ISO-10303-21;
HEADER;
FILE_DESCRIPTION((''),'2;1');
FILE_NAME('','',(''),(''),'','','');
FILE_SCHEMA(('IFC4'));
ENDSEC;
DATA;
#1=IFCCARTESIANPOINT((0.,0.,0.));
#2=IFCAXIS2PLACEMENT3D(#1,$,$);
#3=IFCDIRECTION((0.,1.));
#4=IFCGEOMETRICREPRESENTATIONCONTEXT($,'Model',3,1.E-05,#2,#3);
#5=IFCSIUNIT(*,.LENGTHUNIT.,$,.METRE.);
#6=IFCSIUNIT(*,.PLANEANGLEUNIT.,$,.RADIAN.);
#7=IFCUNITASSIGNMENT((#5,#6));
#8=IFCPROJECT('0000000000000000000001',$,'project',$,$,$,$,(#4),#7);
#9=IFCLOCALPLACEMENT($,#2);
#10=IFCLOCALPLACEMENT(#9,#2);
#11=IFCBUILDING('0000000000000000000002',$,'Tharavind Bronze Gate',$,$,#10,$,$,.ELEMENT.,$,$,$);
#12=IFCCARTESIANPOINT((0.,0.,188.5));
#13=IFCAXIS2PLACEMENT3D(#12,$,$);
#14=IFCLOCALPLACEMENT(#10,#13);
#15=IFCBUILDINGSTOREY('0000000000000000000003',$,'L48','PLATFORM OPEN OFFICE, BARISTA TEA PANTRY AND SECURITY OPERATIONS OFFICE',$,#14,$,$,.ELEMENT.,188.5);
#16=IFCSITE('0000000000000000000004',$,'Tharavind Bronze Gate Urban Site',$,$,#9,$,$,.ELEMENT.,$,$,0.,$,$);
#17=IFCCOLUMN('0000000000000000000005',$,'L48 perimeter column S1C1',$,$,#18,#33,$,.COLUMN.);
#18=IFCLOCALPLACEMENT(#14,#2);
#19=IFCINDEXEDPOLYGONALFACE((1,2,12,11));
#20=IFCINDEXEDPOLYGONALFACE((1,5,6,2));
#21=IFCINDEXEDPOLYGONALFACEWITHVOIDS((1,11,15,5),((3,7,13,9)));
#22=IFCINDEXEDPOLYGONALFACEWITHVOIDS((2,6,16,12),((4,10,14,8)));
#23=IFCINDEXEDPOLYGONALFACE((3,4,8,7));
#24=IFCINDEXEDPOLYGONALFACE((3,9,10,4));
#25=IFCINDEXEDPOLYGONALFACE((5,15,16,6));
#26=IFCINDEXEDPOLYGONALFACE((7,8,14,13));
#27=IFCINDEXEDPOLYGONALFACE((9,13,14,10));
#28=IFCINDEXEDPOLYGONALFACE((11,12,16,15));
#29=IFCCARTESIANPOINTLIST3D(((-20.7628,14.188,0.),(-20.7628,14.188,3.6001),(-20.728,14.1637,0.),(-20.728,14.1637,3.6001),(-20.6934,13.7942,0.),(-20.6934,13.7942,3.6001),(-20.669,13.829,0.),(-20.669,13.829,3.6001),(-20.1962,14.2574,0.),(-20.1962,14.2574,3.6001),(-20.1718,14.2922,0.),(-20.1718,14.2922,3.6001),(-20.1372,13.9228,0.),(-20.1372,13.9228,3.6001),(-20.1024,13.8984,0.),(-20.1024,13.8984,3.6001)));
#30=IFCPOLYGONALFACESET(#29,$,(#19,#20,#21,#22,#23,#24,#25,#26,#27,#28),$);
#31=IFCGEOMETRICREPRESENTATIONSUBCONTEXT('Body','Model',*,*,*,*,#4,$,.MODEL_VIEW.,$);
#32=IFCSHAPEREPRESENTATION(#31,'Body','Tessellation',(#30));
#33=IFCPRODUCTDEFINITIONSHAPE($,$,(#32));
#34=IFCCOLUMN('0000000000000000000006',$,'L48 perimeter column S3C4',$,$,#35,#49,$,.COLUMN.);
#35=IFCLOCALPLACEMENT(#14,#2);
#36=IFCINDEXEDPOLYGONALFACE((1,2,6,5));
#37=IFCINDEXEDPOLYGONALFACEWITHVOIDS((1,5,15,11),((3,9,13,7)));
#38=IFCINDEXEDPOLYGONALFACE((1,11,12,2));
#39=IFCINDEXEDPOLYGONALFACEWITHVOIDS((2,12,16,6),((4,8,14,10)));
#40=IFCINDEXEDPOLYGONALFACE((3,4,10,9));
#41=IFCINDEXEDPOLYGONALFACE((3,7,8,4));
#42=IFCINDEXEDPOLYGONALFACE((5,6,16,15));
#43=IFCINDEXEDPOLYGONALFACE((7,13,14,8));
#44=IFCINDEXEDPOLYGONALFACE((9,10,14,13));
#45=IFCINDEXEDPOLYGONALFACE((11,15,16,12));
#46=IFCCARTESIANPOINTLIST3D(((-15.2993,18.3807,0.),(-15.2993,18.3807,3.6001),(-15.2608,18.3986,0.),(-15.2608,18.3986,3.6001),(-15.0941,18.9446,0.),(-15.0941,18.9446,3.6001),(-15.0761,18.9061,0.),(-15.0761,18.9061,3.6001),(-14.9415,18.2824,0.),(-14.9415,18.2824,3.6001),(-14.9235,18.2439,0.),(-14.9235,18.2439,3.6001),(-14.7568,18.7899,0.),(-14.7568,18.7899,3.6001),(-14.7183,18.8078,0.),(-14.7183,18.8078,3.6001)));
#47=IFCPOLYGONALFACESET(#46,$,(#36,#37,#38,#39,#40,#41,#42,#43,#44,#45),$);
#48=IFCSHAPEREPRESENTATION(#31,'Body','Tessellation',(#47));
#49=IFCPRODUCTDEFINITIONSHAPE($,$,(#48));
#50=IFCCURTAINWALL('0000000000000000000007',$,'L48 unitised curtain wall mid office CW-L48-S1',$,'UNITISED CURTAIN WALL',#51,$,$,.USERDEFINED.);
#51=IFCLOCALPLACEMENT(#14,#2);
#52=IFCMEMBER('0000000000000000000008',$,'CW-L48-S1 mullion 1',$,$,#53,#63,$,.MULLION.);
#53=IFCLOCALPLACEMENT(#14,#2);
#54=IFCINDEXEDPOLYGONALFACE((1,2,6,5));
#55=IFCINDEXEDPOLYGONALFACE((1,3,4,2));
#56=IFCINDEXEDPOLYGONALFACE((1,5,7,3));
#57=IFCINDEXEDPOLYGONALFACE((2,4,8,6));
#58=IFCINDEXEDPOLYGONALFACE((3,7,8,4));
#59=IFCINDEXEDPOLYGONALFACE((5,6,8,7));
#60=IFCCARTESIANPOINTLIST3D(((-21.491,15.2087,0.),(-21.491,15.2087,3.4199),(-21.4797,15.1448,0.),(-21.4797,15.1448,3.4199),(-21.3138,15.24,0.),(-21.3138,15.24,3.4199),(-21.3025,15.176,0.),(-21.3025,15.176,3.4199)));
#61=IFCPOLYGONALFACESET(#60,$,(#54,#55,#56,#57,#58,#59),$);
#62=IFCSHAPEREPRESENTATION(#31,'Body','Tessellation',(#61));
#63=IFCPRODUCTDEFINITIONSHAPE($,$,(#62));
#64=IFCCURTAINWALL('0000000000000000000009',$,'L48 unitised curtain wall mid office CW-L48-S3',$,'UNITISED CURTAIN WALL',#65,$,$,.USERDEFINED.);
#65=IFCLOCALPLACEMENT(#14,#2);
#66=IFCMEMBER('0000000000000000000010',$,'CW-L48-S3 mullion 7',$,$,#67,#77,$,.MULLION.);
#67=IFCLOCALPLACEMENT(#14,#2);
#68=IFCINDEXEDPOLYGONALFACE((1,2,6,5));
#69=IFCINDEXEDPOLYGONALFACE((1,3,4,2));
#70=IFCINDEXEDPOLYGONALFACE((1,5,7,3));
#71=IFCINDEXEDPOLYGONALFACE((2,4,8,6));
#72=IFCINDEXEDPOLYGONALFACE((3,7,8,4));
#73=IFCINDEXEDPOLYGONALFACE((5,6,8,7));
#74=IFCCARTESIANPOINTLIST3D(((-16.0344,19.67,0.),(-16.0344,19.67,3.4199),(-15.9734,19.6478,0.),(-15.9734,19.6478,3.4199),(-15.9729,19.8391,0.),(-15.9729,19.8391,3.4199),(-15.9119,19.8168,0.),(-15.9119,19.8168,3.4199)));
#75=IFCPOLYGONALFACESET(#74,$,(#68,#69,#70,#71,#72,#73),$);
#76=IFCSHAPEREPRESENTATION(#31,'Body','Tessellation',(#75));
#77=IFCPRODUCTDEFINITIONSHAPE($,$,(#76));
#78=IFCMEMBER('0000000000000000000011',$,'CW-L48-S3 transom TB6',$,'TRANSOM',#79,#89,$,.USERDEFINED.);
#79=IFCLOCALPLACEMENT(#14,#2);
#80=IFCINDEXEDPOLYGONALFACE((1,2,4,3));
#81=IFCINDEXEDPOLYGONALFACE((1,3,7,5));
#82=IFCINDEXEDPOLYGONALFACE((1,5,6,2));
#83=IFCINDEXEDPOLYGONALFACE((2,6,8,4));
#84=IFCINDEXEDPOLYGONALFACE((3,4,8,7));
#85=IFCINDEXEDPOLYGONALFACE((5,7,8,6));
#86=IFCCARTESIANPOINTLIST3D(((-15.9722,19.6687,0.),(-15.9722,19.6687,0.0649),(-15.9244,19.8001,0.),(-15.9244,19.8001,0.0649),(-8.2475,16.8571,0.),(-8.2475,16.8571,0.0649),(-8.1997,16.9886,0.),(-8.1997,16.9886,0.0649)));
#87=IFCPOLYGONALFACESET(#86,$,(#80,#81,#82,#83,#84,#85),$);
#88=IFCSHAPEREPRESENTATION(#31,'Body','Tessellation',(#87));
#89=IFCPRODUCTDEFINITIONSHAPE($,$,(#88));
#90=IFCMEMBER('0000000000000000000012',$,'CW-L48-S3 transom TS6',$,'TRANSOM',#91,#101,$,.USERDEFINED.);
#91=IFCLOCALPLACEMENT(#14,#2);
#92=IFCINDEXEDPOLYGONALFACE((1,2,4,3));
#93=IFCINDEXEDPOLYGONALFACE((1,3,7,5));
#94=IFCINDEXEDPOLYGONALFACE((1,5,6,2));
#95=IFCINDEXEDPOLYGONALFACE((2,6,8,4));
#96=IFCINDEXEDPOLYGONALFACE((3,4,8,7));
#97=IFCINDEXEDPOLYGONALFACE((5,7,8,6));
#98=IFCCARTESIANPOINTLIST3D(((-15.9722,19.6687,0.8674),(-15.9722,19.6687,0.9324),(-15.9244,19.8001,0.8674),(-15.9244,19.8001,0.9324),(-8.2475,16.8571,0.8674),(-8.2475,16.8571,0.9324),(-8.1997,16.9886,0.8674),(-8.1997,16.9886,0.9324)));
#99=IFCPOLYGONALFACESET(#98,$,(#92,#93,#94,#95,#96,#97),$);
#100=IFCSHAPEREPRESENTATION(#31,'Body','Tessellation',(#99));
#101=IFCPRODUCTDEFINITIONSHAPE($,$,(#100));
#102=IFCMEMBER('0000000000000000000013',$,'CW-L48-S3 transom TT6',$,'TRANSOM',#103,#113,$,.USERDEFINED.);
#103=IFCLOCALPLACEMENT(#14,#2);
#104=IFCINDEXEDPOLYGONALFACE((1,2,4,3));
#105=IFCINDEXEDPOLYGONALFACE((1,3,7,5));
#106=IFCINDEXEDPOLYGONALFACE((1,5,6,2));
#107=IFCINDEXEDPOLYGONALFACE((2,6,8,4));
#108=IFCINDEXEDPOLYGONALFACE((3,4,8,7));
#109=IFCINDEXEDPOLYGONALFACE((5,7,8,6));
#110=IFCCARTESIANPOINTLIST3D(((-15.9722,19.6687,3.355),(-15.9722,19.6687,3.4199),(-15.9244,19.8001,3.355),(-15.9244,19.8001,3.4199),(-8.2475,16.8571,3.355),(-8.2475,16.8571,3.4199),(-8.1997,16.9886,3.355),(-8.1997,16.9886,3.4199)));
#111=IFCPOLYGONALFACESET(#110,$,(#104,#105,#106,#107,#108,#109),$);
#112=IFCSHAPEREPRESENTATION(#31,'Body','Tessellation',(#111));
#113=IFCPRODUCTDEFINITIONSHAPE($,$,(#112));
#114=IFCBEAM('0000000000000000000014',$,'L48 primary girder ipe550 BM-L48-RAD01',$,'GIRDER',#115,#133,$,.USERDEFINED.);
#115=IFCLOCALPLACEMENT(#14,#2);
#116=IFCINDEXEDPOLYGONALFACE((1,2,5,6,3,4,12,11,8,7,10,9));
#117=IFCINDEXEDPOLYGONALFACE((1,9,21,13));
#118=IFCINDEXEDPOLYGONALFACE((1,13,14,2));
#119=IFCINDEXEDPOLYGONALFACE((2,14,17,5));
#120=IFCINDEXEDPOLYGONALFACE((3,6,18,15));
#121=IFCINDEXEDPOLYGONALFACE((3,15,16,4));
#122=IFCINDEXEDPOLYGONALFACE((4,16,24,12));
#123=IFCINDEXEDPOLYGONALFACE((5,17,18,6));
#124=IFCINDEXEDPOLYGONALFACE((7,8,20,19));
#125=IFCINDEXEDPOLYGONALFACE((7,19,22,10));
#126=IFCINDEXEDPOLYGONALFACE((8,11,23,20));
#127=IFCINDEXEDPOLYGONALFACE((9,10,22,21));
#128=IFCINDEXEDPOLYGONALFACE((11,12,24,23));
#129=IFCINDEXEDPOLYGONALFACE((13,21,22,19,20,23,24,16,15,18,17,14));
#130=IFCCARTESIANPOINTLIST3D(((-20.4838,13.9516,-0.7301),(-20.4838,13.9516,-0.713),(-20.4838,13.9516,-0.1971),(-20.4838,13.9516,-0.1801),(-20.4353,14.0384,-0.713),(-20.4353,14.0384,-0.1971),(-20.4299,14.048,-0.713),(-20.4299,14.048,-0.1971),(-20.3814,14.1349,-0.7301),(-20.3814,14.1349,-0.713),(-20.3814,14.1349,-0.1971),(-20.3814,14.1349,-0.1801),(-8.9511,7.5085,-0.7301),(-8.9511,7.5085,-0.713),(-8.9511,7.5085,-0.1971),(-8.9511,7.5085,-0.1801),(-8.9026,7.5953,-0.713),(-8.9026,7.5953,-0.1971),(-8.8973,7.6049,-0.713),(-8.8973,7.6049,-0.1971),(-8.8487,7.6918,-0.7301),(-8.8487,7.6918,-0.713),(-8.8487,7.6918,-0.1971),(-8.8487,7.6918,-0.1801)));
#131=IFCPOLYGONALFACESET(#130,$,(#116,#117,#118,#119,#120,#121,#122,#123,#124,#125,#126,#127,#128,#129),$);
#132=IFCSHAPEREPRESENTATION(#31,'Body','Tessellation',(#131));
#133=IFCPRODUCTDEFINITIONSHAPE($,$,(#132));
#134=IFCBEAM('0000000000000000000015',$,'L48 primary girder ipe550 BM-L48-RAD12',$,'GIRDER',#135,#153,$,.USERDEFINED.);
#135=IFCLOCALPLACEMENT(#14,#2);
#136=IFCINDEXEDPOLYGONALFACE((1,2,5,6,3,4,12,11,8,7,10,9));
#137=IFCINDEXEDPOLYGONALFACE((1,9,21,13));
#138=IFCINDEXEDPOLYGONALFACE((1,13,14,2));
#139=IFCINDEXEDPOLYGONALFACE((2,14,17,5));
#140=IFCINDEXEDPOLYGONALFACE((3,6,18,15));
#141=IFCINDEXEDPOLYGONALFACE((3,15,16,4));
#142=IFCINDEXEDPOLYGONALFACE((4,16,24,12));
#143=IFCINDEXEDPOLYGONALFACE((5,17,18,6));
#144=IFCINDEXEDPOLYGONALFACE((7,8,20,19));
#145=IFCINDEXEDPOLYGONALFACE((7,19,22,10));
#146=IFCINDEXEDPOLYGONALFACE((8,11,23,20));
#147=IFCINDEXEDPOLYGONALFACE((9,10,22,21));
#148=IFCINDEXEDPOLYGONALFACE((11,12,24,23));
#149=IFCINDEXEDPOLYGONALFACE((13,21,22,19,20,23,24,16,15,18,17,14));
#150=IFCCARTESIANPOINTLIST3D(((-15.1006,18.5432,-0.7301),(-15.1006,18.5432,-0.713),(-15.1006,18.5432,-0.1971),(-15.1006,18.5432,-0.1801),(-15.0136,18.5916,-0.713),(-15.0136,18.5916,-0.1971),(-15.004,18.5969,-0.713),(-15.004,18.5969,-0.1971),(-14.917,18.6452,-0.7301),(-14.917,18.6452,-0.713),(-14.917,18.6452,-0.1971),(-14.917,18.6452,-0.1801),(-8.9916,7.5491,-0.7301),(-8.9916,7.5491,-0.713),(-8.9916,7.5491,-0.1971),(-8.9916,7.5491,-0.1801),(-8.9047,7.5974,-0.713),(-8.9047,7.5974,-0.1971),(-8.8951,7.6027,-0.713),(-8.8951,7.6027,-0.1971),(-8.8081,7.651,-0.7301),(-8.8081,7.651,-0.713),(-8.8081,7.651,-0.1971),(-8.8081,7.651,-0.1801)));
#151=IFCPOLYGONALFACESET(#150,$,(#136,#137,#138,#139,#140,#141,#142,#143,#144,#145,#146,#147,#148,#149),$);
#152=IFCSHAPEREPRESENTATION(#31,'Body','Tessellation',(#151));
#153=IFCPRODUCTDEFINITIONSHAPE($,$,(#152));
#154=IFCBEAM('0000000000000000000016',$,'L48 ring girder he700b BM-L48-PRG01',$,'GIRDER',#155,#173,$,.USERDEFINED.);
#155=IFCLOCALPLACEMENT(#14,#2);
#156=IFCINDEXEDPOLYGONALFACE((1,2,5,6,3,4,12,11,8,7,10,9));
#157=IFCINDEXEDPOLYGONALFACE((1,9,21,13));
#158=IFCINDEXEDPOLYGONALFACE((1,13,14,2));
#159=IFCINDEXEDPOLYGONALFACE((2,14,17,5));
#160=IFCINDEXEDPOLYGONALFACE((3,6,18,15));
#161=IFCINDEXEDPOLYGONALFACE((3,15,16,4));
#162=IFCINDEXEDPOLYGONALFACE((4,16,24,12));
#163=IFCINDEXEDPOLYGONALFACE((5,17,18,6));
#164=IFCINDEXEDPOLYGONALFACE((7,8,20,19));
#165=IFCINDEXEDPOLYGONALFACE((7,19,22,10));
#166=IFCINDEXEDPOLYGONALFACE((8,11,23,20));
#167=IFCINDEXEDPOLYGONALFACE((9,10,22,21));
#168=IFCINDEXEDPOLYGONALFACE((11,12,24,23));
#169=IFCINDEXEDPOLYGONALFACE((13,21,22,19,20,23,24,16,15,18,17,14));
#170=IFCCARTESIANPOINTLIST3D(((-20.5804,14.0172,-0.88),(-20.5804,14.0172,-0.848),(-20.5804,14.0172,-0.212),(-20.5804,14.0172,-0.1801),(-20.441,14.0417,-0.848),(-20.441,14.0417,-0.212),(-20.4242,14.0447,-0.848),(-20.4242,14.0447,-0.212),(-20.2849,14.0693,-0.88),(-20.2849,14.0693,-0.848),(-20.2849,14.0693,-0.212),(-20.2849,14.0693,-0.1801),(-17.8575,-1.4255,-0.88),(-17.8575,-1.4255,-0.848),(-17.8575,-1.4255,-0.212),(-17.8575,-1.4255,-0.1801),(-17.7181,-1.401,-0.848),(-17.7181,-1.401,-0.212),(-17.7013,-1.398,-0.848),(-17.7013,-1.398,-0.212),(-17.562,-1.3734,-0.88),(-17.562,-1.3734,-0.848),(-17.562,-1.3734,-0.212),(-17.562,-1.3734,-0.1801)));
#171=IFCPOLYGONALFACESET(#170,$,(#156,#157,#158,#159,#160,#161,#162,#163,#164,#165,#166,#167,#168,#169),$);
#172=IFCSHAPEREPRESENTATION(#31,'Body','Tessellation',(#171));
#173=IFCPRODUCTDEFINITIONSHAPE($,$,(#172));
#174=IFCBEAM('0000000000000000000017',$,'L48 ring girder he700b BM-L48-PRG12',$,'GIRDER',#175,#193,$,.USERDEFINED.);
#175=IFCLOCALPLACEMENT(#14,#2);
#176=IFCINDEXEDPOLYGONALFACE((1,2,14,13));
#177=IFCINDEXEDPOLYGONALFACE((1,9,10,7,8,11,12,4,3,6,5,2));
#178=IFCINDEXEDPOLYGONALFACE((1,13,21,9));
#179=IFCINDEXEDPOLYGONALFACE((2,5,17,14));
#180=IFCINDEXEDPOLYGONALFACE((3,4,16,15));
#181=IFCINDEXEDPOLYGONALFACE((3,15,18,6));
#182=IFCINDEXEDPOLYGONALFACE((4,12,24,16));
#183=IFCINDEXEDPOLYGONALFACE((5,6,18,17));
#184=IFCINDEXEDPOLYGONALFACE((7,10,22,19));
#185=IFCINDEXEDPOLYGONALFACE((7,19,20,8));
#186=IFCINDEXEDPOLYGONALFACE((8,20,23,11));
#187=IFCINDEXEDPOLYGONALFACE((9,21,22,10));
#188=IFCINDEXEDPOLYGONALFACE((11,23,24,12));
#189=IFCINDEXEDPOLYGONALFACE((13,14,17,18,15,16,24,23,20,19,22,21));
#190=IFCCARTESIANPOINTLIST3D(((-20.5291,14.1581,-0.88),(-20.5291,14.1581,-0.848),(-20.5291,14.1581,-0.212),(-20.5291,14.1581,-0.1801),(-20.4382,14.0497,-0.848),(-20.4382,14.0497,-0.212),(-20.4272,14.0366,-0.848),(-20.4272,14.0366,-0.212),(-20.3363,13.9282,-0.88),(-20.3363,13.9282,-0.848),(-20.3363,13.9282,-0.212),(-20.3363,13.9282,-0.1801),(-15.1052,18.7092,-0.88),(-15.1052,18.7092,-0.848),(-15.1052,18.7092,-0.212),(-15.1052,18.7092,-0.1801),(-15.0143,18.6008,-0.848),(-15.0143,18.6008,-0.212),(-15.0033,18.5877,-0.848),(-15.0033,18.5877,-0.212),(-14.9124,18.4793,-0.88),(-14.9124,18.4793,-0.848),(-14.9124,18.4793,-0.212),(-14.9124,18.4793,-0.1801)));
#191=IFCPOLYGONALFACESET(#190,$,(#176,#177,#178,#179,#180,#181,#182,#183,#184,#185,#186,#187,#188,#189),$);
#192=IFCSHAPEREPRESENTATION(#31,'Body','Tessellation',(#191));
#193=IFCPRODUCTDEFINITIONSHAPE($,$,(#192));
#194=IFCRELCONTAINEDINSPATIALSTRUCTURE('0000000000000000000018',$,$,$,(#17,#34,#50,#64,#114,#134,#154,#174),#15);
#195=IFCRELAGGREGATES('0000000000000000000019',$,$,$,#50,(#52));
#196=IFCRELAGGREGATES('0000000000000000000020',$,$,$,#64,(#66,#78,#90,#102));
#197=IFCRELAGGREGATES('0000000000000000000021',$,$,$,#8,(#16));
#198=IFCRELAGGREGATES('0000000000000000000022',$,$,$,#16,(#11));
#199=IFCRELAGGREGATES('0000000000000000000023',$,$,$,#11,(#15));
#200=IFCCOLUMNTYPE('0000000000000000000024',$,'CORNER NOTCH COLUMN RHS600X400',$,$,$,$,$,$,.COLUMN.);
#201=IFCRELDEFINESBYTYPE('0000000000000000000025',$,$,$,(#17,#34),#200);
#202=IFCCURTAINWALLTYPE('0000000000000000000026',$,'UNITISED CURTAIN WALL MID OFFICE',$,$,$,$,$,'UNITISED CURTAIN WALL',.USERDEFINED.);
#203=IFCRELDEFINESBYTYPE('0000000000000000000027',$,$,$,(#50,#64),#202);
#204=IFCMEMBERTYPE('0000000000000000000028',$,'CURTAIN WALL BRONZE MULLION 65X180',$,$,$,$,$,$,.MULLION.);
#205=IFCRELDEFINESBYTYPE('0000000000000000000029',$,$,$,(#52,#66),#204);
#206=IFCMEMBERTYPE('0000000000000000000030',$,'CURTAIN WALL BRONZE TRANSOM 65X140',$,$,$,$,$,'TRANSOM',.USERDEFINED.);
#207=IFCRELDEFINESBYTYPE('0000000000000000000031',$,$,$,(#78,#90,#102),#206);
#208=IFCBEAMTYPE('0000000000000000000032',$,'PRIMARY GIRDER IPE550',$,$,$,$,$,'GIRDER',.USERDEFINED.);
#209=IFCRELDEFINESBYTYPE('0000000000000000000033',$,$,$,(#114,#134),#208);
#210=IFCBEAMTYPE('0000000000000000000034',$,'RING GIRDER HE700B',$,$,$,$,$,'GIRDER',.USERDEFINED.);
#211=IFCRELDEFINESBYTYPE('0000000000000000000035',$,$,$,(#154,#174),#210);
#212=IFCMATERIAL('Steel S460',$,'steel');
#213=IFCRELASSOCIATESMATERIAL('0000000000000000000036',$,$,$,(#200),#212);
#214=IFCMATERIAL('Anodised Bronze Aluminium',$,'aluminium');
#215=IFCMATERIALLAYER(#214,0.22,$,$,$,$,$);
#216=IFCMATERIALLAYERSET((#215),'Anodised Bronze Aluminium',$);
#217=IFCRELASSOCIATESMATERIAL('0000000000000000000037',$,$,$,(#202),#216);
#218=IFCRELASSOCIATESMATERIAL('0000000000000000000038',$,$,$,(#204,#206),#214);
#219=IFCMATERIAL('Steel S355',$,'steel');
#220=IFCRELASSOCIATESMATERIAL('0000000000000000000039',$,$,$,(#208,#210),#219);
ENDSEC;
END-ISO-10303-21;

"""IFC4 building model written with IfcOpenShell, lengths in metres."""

from ifc_helpers import new_model, si_unit, direction, frame, origin, origin_2d, place, context, subcontext, project, spatial, rectangle, hollow_rectangle, i_section, extrude, material, layer, layer_set, material_profile, profile_set, type_object, element, aggregate, save


model = new_model("IFC4")

# Units and contexts
model_context = context("Model", 3, precision=1e-05, world=origin(), true_north=direction((0.0, 1.0)))
body_context = subcontext(model_context, "Body", "Model", "MODEL_VIEW")
ifc_project = project(units=[si_unit("LENGTHUNIT", "METRE"), si_unit("PLANEANGLEUNIT", "RADIAN")], contexts=[model_context])

# Site, building, storey
site_placement = place(None, origin())
site = spatial("IfcSite", under=ifc_project, at=site_placement, Name="Tharavind Bronze Gate Urban Site", CompositionType="ELEMENT", RefElevation=0.0)
building_placement = place(site_placement, origin())
building = spatial("IfcBuilding", under=site, at=building_placement, Name="Tharavind Bronze Gate", CompositionType="ELEMENT")
storey_placement = place(building_placement, frame((0.0, 0.0, 188.5)))
storey = spatial("IfcBuildingStorey", under=building, at=storey_placement, Name="L48", Description="PLATFORM OPEN OFFICE, BARISTA TEA PANTRY AND SECURITY OPERATIONS OFFICE", CompositionType="ELEMENT", Elevation=188.5)

# Columns
ifc_material_1 = material(Name="Steel S460", Category="steel")
ifc_material_profile_1 = material_profile(ifc_material_1, hollow_rectangle(XDim=0.3999, YDim=0.6001, WallThickness=0.03, at=origin_2d()), Name="RHS600X400X30")
ifc_profile_set_1 = profile_set([ifc_material_profile_1], Name="Steel S460")
column_type = type_object("IfcColumnType", Name="CORNER NOTCH COLUMN RHS600X400", PredefinedType="COLUMN", material=ifc_profile_set_1)
for number, where, z_axis, x_axis, name in (
    (1, (-20.4326, 14.0432, 0.0), (0.0, 0.0, 1.0), (-0.173648, 0.984808, 0.0), "L48 perimeter column S1C1"),
    (2, (-15.0088, 18.5942, 0.0), (0.0, 0.0, 1.0), (-0.939692, 0.342022, 0.0), "L48 perimeter column S3C4"),
):
    element("IfcColumn", number, at=place(storey_placement, frame(where, z_axis=z_axis, x_axis=x_axis)), inside=storey, type_object=column_type, Name=name, PredefinedType="COLUMN", context=body_context, shape_type="SweptSolid", body=[
        extrude(hollow_rectangle(XDim=0.3999, YDim=0.6001, WallThickness=0.03, at=origin_2d()), origin(), (0.0, 0.0, 1.0), 3.6001),
    ])

# Curtain wall, member
ifc_material_2 = material(Name="Anodised Bronze Aluminium", Category="aluminium")
ifc_layer_1 = layer(ifc_material_2, 0.22)
ifc_layer_set_1 = layer_set([ifc_layer_1], Name="Anodised Bronze Aluminium")
curtain_wall_type = type_object("IfcCurtainWallType", Name="UNITISED CURTAIN WALL MID OFFICE", ElementType="UNITISED CURTAIN WALL", PredefinedType="USERDEFINED", material=ifc_layer_set_1)
curtain_wall_1_placement = place(storey_placement, origin())
curtain_wall_1 = element("IfcCurtainWall", 3, at=curtain_wall_1_placement, inside=storey, type_object=curtain_wall_type, Name="L48 unitised curtain wall mid office CW-L48-S1", ObjectType="UNITISED CURTAIN WALL", PredefinedType="USERDEFINED")
member_type_1 = type_object("IfcMemberType", Name="CURTAIN WALL BRONZE MULLION 65X180", PredefinedType="MULLION", material=ifc_material_2)
member_1_placement = place(storey_placement, frame((-21.3967, 15.1924, 0.0), z_axis=(0.0, 0.0, 1.0), x_axis=(0.173648, -0.984808, 0.0)))
member_1 = element("IfcMember", 4, at=member_1_placement, type_object=member_type_1, Name="CW-L48-S1 mullion 1", PredefinedType="MULLION", context=body_context, shape_type="SweptSolid", body=[
    extrude(rectangle(XDim=0.0649, YDim=0.1799, at=origin_2d()), origin(), (0.0, 0.0, 1.0), 3.4199),
])

# Curtain wall, members
curtain_wall_2_placement = place(storey_placement, origin())
curtain_wall_2 = element("IfcCurtainWall", 5, at=curtain_wall_2_placement, inside=storey, type_object=curtain_wall_type, Name="L48 unitised curtain wall mid office CW-L48-S3", ObjectType="UNITISED CURTAIN WALL", PredefinedType="USERDEFINED")
member_2_placement = place(storey_placement, frame((-15.9731, 19.7434, 0.0), z_axis=(0.0, 0.0, 1.0), x_axis=(-0.939692, 0.342022, 0.0)))
member_2 = element("IfcMember", 6, at=member_2_placement, type_object=member_type_1, Name="CW-L48-S3 mullion 7", PredefinedType="MULLION", context=body_context, shape_type="SweptSolid", body=[
    extrude(rectangle(XDim=0.0649, YDim=0.1799, at=origin_2d()), origin(), (0.0, 0.0, 1.0), 3.4199),
])
member_type_2 = type_object("IfcMemberType", Name="CURTAIN WALL BRONZE TRANSOM 65X140", ElementType="TRANSOM", PredefinedType="USERDEFINED", material=ifc_material_2)
member_3_placement = place(storey_placement, frame((-12.0859, 18.3286, 0.0), z_axis=(0.0, 0.0, 1.0), x_axis=(-0.939692, 0.342022, 0.0)))
member_3 = element("IfcMember", 7, at=member_3_placement, type_object=member_type_2, Name="CW-L48-S3 transom TB6", ObjectType="TRANSOM", PredefinedType="USERDEFINED", context=body_context, shape_type="SweptSolid", body=[
    extrude(rectangle(XDim=8.2205, YDim=0.1399, at=origin_2d()), origin(), (0.0, 0.0, 1.0), 0.0649),
])
member_4_placement = place(storey_placement, frame((-12.0859, 18.3286, 0.8674), z_axis=(0.0, 0.0, 1.0), x_axis=(-0.939692, 0.342022, 0.0)))
member_4 = element("IfcMember", 8, at=member_4_placement, type_object=member_type_2, Name="CW-L48-S3 transom TS6", ObjectType="TRANSOM", PredefinedType="USERDEFINED", context=body_context, shape_type="SweptSolid", body=[
    extrude(rectangle(XDim=8.2205, YDim=0.1399, at=origin_2d()), origin(), (0.0, 0.0, 1.0), 0.0649),
])
member_5_placement = place(storey_placement, frame((-12.0859, 18.3286, 3.355), z_axis=(0.0, 0.0, 1.0), x_axis=(-0.939692, 0.342022, 0.0)))
member_5 = element("IfcMember", 9, at=member_5_placement, type_object=member_type_2, Name="CW-L48-S3 transom TT6", ObjectType="TRANSOM", PredefinedType="USERDEFINED", context=body_context, shape_type="SweptSolid", body=[
    extrude(rectangle(XDim=8.2205, YDim=0.1399, at=origin_2d()), origin(), (0.0, 0.0, 1.0), 0.0649),
])

# Beams
ifc_material_3 = material(Name="Steel S355", Category="steel")
ifc_material_profile_2 = material_profile(ifc_material_3, i_section(OverallWidth=0.21, OverallDepth=0.55, WebThickness=0.011, FlangeThickness=0.0171, at=origin_2d()), Name="IPE550")
ifc_profile_set_2 = profile_set([ifc_material_profile_2], Name="Steel S355")
beam_type_1 = type_object("IfcBeamType", Name="PRIMARY GIRDER IPE550", ElementType="GIRDER", PredefinedType="USERDEFINED", material=ifc_profile_set_2)
beam_1_placement = place(storey_placement, frame((-20.4326, 14.0432, -0.4551), z_axis=(0.872996, -0.487727, 0.0), x_axis=(0.487727, 0.872996, 0.0)))
element("IfcBeam", 10, at=beam_1_placement, inside=storey, type_object=beam_type_1, Name="L48 primary girder ipe550 BM-L48-RAD01", ObjectType="GIRDER", PredefinedType="USERDEFINED", context=body_context, shape_type="SweptSolid", body=[
    extrude(i_section(OverallWidth=0.21, OverallDepth=0.55, WebThickness=0.011, FlangeThickness=0.0171, at=origin_2d()), origin(), (0.0, 0.0, 1.0), 13.2104),
])
beam_2_placement = place(storey_placement, frame((-15.0088, 18.5942, -0.4551), z_axis=(0.485706, -0.874122, 0.0), x_axis=(0.874122, 0.485706, 0.0)))
element("IfcBeam", 11, at=beam_2_placement, inside=storey, type_object=beam_type_1, Name="L48 primary girder ipe550 BM-L48-RAD12", ObjectType="GIRDER", PredefinedType="USERDEFINED", context=body_context, shape_type="SweptSolid", body=[
    extrude(i_section(OverallWidth=0.21, OverallDepth=0.55, WebThickness=0.011, FlangeThickness=0.0171, at=origin_2d()), origin(), (0.0, 0.0, 1.0), 12.5774),
])
ifc_material_profile_3 = material_profile(ifc_material_3, i_section(OverallWidth=0.3, OverallDepth=0.7, WebThickness=0.0171, FlangeThickness=0.032, at=origin_2d()), Name="HE700B")
ifc_profile_set_3 = profile_set([ifc_material_profile_3], Name="Steel S355")
beam_type_2 = type_object("IfcBeamType", Name="RING GIRDER HE700B", ElementType="GIRDER", PredefinedType="USERDEFINED", material=ifc_profile_set_3)
beam_3_placement = place(storey_placement, frame((-20.4326, 14.0432, -0.53), z_axis=(0.173645, -0.984808, 0.0), x_axis=(0.984808, 0.173645, 0.0)))
element("IfcBeam", 12, at=beam_3_placement, inside=storey, type_object=beam_type_2, Name="L48 ring girder he700b BM-L48-PRG01", ObjectType="GIRDER", PredefinedType="USERDEFINED", context=body_context, shape_type="SweptSolid", body=[
    extrude(i_section(OverallWidth=0.3, OverallDepth=0.7, WebThickness=0.0171, FlangeThickness=0.032, at=origin_2d()), origin(), (0.0, 0.0, 1.0), 15.6809),
])
beam_4_placement = place(storey_placement, frame((-15.0088, 18.5942, -0.53), z_axis=(-0.766052, -0.642779, 0.0), x_axis=(0.642779, -0.766052, 0.0)))
element("IfcBeam", 13, at=beam_4_placement, inside=storey, type_object=beam_type_2, Name="L48 ring girder he700b BM-L48-PRG12", ObjectType="GIRDER", PredefinedType="USERDEFINED", context=body_context, shape_type="SweptSolid", body=[
    extrude(i_section(OverallWidth=0.3, OverallDepth=0.7, WebThickness=0.0171, FlangeThickness=0.032, at=origin_2d()), origin(), (0.0, 0.0, 1.0), 7.0803),
])

aggregate(curtain_wall_1, [member_1])
aggregate(curtain_wall_2, [member_2, member_3, member_4, member_5])

save(model, "model.ifc")
